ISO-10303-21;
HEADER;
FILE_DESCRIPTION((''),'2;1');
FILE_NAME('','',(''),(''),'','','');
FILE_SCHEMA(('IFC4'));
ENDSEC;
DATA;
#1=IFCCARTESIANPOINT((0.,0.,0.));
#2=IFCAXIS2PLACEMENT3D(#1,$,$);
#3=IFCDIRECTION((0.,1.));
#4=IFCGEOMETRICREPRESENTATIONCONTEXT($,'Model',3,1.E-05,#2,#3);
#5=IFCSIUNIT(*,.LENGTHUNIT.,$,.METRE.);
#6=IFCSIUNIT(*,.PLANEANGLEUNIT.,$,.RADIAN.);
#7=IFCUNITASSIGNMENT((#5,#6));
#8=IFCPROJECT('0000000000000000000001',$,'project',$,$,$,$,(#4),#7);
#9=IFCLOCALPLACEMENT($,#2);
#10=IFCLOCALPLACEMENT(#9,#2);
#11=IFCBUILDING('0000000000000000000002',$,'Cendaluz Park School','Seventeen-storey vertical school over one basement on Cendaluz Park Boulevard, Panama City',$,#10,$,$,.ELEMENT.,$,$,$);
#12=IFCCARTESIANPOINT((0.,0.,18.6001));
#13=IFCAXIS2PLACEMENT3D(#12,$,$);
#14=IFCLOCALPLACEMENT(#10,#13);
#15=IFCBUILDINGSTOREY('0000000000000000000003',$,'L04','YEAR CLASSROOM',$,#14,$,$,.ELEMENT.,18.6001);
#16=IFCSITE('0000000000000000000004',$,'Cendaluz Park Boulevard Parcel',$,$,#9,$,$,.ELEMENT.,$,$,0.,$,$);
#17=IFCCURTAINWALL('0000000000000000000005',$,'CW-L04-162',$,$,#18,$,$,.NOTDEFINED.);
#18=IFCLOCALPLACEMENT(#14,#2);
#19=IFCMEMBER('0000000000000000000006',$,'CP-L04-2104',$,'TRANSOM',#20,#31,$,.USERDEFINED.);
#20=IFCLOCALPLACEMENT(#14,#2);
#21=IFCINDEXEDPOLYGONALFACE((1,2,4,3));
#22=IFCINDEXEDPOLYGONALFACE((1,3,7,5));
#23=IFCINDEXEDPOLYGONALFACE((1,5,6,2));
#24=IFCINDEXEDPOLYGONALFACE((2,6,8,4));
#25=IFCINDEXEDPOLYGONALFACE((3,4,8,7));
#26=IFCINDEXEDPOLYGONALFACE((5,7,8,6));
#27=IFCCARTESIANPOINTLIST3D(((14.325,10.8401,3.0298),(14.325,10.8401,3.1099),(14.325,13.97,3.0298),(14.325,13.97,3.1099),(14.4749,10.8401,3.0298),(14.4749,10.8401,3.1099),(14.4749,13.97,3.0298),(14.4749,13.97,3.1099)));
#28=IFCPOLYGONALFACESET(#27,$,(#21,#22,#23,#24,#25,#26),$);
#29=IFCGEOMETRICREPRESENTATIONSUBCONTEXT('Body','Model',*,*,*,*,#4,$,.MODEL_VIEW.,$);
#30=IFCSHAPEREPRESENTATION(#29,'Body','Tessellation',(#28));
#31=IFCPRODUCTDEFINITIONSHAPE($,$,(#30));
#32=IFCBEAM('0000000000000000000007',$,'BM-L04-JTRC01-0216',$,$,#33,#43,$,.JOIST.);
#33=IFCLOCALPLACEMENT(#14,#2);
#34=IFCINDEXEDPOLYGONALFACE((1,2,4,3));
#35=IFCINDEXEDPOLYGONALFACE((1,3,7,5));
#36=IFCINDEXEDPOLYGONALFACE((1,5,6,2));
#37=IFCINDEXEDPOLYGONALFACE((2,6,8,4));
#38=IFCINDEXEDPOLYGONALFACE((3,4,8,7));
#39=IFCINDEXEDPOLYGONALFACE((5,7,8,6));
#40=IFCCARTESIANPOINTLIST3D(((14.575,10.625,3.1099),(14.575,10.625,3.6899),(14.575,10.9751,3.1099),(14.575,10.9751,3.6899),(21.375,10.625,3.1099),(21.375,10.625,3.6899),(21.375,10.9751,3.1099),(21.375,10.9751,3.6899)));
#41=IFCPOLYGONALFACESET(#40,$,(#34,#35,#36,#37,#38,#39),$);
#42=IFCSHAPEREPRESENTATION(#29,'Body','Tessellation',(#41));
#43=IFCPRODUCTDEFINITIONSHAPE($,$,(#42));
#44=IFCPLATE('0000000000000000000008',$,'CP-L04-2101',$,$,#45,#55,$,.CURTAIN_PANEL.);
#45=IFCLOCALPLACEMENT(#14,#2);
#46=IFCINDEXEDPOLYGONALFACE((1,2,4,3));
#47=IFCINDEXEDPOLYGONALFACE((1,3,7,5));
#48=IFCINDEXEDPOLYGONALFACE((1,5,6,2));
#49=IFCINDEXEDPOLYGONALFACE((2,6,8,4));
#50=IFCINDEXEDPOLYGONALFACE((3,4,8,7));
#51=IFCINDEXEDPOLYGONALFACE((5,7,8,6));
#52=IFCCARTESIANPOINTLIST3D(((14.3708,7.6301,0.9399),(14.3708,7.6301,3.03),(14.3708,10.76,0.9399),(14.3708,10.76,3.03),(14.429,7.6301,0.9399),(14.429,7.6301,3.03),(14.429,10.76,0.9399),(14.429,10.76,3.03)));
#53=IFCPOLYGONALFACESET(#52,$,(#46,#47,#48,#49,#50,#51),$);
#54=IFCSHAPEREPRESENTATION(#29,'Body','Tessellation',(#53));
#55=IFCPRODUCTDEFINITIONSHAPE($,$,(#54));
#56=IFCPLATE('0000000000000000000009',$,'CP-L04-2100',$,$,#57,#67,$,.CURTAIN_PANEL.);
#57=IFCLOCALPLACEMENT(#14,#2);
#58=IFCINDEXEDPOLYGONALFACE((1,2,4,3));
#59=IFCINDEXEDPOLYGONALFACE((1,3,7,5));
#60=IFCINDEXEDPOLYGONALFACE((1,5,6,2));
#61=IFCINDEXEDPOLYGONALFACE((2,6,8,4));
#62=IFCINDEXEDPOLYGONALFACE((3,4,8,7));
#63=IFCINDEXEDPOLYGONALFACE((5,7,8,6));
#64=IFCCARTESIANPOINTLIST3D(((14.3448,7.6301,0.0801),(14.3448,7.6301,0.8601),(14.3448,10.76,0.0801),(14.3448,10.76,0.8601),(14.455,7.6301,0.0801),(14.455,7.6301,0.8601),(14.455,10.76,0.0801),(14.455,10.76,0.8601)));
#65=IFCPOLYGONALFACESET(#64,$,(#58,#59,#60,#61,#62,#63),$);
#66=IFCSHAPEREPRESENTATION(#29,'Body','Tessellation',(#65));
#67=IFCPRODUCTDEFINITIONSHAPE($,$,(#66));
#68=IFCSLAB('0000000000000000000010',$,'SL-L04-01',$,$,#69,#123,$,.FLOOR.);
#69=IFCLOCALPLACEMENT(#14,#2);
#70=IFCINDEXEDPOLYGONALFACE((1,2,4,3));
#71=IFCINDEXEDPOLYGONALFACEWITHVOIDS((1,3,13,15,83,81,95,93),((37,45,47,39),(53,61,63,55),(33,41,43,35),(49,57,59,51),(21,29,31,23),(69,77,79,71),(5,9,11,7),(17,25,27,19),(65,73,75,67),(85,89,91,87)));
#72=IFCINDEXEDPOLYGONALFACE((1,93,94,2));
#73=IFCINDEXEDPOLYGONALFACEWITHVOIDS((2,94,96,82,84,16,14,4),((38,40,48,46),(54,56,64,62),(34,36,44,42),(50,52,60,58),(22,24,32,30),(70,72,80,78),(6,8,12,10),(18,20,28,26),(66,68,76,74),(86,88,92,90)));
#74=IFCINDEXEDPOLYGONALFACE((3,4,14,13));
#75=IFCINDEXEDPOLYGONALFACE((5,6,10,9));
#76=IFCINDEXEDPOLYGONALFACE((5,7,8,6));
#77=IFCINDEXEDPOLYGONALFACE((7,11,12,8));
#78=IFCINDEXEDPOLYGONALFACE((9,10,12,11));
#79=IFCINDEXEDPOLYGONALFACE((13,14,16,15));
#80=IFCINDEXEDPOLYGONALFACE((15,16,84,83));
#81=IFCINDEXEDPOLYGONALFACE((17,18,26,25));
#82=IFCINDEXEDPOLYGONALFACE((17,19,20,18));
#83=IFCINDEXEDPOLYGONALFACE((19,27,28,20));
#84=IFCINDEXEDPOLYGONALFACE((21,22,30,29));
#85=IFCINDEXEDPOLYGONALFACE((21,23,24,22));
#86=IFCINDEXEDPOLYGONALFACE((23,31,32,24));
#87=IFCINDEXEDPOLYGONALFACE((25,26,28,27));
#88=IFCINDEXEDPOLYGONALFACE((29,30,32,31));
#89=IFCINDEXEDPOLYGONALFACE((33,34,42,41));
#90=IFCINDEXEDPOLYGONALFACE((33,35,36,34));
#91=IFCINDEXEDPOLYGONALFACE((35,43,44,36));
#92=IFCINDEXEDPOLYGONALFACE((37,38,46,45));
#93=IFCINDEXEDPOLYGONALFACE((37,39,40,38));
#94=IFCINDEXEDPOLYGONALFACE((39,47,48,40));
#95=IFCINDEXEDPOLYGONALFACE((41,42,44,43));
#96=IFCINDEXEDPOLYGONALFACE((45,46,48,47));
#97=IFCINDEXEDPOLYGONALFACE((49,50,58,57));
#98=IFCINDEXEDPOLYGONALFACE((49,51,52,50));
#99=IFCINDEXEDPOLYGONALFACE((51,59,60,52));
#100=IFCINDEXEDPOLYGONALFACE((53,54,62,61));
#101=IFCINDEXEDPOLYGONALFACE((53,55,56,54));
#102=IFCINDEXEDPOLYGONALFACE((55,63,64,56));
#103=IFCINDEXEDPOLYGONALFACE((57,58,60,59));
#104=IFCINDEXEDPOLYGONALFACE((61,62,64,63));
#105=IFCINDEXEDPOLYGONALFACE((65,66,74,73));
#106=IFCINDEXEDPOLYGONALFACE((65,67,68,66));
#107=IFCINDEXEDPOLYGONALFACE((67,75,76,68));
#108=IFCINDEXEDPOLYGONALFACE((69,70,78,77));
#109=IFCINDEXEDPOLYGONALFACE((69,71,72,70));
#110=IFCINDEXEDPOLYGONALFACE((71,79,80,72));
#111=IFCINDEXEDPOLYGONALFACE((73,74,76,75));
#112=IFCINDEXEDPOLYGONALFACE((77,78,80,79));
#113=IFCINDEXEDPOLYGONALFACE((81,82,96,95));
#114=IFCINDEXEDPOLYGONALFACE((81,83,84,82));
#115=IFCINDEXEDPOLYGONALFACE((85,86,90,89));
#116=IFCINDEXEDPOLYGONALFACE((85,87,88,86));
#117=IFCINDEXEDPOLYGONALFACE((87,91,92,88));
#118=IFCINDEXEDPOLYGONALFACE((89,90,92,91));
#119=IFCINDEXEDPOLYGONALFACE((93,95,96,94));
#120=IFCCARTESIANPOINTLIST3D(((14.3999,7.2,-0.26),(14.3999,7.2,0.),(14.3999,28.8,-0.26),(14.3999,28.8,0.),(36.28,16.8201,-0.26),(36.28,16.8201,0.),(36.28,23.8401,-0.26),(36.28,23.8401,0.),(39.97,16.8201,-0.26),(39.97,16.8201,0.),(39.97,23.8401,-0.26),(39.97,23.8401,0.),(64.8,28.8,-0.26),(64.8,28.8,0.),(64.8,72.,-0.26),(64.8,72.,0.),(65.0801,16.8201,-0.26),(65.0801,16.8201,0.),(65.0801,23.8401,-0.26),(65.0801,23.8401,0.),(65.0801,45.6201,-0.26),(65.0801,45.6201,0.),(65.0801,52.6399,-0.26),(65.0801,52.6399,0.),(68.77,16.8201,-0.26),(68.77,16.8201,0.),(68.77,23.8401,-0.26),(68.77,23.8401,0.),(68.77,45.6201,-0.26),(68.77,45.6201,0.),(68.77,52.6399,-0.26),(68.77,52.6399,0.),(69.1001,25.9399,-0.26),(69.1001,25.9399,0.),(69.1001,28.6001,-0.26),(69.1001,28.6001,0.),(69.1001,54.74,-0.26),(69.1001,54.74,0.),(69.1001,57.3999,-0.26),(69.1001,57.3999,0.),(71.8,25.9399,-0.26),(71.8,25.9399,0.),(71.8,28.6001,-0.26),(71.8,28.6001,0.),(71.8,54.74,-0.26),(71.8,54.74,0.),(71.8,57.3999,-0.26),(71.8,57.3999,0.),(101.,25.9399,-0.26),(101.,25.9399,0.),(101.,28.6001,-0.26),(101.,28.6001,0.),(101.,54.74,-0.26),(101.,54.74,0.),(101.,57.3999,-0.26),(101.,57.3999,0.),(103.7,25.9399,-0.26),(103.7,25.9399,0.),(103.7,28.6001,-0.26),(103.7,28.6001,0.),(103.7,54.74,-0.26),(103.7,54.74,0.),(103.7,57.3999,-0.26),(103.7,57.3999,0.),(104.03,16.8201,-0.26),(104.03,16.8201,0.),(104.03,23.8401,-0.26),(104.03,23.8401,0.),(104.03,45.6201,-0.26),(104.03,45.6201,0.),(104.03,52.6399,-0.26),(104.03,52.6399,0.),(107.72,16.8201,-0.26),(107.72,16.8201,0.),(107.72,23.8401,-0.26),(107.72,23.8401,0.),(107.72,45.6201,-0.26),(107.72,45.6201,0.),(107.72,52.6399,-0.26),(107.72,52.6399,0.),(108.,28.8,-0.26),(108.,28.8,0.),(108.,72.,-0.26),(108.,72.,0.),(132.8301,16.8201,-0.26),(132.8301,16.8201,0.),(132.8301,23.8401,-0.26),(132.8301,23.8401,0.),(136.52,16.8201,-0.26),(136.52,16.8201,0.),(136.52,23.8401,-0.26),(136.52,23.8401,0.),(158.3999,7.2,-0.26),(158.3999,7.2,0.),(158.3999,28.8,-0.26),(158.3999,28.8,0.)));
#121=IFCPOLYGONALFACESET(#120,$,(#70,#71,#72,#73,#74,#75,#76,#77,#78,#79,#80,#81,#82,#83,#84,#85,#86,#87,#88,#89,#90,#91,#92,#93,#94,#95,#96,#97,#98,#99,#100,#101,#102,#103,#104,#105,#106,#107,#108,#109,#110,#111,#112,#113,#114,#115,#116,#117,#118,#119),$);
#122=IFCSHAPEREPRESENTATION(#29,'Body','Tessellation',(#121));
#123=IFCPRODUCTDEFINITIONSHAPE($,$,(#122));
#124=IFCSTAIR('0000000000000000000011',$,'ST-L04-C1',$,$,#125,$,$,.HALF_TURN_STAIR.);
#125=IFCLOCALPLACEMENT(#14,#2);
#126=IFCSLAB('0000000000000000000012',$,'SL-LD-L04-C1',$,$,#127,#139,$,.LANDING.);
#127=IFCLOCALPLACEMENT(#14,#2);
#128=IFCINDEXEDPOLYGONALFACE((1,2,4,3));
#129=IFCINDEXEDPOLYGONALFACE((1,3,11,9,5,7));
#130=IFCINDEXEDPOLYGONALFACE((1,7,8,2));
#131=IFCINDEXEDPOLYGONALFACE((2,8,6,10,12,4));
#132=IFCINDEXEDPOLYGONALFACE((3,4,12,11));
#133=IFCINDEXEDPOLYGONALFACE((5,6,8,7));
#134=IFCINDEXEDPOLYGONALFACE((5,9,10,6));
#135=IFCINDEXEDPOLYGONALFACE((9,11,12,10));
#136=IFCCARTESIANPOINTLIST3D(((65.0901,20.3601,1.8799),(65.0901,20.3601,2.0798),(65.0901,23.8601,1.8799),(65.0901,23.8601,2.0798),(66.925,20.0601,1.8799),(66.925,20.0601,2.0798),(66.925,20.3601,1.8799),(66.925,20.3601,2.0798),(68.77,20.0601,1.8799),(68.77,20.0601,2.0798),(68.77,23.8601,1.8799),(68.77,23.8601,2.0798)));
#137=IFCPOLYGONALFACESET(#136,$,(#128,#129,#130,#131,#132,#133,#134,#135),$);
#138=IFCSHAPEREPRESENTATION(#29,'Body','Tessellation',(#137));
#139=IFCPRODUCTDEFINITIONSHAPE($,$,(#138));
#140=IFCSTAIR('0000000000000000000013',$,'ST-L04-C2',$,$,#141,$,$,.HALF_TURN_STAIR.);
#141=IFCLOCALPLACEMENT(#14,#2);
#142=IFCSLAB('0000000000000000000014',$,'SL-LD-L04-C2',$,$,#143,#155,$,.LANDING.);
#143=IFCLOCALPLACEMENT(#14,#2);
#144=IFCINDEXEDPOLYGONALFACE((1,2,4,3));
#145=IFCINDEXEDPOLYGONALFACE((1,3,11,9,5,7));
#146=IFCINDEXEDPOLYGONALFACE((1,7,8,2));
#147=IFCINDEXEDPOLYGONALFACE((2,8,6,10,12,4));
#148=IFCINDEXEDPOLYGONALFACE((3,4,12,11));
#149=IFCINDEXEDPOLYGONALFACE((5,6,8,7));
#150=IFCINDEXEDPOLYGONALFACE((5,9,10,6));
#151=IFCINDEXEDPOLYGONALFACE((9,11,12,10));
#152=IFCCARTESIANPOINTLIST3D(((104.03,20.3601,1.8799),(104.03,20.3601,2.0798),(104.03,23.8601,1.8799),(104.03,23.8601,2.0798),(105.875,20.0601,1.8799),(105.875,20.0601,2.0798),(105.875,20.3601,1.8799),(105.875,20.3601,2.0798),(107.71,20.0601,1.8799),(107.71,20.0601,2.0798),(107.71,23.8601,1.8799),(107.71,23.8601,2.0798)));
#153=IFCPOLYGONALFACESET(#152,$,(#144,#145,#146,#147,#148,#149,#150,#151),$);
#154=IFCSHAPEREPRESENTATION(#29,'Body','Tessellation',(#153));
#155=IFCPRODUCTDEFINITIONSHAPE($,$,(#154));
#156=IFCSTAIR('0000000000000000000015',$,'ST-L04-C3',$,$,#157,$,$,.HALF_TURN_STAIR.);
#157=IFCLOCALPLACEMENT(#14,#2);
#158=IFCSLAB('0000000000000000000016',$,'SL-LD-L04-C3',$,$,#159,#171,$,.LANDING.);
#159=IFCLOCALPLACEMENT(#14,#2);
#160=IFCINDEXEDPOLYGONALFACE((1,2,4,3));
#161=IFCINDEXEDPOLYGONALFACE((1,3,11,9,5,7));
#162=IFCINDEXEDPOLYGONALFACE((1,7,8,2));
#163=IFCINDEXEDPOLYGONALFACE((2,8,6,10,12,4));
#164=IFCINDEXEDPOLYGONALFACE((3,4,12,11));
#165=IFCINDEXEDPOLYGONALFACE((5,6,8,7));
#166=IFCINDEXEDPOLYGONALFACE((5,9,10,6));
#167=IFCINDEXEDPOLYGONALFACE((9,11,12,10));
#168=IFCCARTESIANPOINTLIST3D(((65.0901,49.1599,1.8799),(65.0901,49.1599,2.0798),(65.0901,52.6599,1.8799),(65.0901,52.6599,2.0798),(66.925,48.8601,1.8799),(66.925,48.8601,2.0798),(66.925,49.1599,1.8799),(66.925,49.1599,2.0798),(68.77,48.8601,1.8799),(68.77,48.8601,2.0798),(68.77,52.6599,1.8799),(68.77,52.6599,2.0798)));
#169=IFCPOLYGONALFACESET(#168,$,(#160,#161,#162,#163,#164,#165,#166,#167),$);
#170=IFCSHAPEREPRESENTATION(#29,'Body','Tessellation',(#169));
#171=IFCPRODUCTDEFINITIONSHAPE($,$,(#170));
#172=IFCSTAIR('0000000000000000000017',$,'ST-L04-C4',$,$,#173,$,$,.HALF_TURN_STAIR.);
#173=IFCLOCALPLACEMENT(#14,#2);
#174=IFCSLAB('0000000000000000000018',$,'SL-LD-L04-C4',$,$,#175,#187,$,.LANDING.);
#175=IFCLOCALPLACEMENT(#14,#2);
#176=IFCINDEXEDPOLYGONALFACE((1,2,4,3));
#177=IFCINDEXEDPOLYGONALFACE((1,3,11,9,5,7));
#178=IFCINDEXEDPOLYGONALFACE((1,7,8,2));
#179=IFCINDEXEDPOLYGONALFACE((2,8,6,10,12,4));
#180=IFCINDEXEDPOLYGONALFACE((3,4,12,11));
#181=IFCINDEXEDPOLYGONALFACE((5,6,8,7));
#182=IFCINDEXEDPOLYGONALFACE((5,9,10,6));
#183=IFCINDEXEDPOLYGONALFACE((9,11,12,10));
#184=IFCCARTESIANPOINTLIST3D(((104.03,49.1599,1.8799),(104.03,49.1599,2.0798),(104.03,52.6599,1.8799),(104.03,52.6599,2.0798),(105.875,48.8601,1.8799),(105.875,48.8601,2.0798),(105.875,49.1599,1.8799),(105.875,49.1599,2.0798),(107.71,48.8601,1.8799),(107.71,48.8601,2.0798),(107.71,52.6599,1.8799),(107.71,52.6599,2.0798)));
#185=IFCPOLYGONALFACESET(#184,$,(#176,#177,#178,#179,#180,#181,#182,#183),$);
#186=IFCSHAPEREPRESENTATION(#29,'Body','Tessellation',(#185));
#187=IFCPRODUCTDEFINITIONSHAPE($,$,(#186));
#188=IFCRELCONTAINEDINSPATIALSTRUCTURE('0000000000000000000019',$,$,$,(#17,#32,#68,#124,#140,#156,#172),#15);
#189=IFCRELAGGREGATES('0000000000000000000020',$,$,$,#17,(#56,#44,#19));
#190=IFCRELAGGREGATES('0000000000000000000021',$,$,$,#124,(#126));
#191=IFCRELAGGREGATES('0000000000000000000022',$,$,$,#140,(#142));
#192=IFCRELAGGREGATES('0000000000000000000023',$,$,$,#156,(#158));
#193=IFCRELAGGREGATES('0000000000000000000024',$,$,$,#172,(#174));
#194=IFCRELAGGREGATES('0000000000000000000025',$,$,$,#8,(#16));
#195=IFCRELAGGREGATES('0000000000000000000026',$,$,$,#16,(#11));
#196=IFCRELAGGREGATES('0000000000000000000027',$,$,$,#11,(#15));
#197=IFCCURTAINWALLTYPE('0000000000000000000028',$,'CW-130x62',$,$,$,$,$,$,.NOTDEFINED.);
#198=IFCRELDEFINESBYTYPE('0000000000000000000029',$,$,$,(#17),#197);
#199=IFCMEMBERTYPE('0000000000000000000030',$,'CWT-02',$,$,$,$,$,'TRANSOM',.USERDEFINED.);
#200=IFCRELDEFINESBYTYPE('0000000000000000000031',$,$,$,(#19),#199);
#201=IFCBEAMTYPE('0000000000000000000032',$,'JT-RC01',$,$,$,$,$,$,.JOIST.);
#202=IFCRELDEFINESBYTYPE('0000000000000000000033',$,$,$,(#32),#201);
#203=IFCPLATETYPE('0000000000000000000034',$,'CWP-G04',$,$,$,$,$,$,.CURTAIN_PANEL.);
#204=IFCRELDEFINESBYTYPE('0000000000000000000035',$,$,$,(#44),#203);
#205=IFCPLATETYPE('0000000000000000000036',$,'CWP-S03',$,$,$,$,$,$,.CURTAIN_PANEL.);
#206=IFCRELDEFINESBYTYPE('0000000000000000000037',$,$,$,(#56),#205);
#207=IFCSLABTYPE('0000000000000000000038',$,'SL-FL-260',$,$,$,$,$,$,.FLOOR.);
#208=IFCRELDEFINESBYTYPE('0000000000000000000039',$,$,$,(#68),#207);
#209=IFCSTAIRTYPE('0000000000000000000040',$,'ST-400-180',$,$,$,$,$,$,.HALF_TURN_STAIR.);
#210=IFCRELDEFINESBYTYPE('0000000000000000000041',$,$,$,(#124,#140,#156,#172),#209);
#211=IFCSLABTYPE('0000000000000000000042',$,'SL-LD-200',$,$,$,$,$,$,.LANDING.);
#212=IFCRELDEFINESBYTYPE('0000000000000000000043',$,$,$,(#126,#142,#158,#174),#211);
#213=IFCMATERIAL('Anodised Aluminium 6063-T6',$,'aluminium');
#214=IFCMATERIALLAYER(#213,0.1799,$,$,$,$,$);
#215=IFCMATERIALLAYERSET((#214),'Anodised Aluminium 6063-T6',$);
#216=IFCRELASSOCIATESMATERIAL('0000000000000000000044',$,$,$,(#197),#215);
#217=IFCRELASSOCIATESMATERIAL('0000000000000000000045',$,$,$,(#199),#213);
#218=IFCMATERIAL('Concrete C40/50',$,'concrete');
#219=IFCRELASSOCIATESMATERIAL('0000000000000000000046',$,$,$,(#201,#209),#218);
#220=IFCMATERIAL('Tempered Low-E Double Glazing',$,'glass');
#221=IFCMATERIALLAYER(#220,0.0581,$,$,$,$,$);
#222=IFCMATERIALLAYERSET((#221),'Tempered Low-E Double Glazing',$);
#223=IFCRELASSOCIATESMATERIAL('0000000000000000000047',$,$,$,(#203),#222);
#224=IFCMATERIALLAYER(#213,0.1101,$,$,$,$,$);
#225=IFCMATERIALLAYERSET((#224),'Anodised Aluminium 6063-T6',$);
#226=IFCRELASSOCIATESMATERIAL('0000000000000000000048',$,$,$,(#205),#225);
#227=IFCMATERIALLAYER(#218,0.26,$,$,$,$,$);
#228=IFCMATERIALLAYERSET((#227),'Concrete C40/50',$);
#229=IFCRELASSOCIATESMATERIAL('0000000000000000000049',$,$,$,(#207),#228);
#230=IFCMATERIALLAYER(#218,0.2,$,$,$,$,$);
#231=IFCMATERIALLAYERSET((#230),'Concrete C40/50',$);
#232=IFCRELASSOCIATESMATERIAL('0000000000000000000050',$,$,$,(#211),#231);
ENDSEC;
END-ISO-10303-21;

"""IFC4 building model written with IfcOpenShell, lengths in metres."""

from ifc_helpers import new_model, si_unit, direction, frame, origin, origin_2d, place, context, subcontext, project, spatial, polyline, rectangle, outline, extrude, material, layer, layer_set, material_profile, profile_set, type_object, element, aggregate, save


model = new_model("IFC4")

# Units and contexts
model_context = context("Model", 3, precision=1e-05, world=origin(), true_north=direction((0.0, 1.0)))
body_context = subcontext(model_context, "Body", "Model", "MODEL_VIEW")
ifc_project = project(units=[si_unit("LENGTHUNIT", "METRE"), si_unit("PLANEANGLEUNIT", "RADIAN")], contexts=[model_context])

# Site, building, storey
site_placement = place(None, origin())
site = spatial("IfcSite", under=ifc_project, at=site_placement, Name="Cendaluz Park Boulevard Parcel", CompositionType="ELEMENT", RefElevation=0.0)
building_placement = place(site_placement, origin())
building = spatial("IfcBuilding", under=site, at=building_placement, Name="Cendaluz Park School", Description="Seventeen-storey vertical school over one basement on Cendaluz Park Boulevard, Panama City", CompositionType="ELEMENT")
storey_placement = place(building_placement, frame((0.0, 0.0, 18.6001)))
storey = spatial("IfcBuildingStorey", under=building, at=storey_placement, Name="L04", Description="YEAR CLASSROOM", CompositionType="ELEMENT", Elevation=18.6001)

# Shared definitions
ifc_material_1 = material(Name="Concrete C40/50", Category="concrete")

# Shared definitions
ifc_material_2 = material(Name="Anodised Aluminium 6063-T6", Category="aluminium")
ifc_layer_1 = layer(ifc_material_2, 0.1799)
ifc_layer_set_1 = layer_set([ifc_layer_1], Name="Anodised Aluminium 6063-T6")
curtain_wall_type = type_object("IfcCurtainWallType", Name="CW-130x62", PredefinedType="NOTDEFINED", material=ifc_layer_set_1)

# Curtain wall
curtain_wall_1_placement = place(storey_placement, origin())
curtain_wall_1 = element("IfcCurtainWall", 1, at=curtain_wall_1_placement, inside=storey, type_object=curtain_wall_type, Name="CW-L04-162", PredefinedType="NOTDEFINED")

# Member
ifc_material_profile_1 = material_profile(ifc_material_2, rectangle(XDim=0.1499, YDim=0.0801, at=origin_2d()), Name="CWT 150x80", Category="aluminium")
ifc_profile_set_1 = profile_set([ifc_material_profile_1], Name="Anodised Aluminium 6063-T6")
member_type_1 = type_object("IfcMemberType", Name="CWT-02", ElementType="TRANSOM", PredefinedType="USERDEFINED", material=ifc_profile_set_1)
member_1_placement = place(storey_placement, frame((14.3999, 10.8401, 3.0698), z_axis=(0.0, 1.0, 0.0), x_axis=(-1.0, 0.0, 0.0)))
member_1 = element("IfcMember", 2, at=member_1_placement, type_object=member_type_1, Name="CP-L04-2104", ObjectType="TRANSOM", PredefinedType="USERDEFINED", context=body_context, shape_type="SweptSolid", body=[
    extrude(rectangle(XDim=0.1499, YDim=0.0801, at=origin_2d()), origin(), (0.0, 0.0, 1.0), 3.1299),
])

# Beam
ifc_material_profile_2 = material_profile(ifc_material_1, rectangle(XDim=0.3501, YDim=0.5801, at=origin_2d()), Name="RC 350x580", Category="concrete")
ifc_profile_set_2 = profile_set([ifc_material_profile_2], Name="Concrete C40/50")
beam_type_1 = type_object("IfcBeamType", Name="JT-RC01", PredefinedType="JOIST", material=ifc_profile_set_2)
beam_placement = place(storey_placement, frame((14.575, 10.8, 3.3999), z_axis=(1.0, 0.0, 0.0), x_axis=(0.0, 1.0, 0.0)))
element("IfcBeam", 3, at=beam_placement, inside=storey, type_object=beam_type_1, Name="BM-L04-JTRC01-0216", PredefinedType="JOIST", context=body_context, shape_type="SweptSolid", body=[
    extrude(rectangle(XDim=0.3501, YDim=0.5801, at=origin_2d()), origin(), (0.0, 0.0, 1.0), 6.8),
])

# Plates
ifc_material_3 = material(Name="Tempered Low-E Double Glazing", Category="glass")
ifc_layer_2 = layer(ifc_material_3, 0.0581)
ifc_layer_set_2 = layer_set([ifc_layer_2], Name="Tempered Low-E Double Glazing")
plate_type_1 = type_object("IfcPlateType", Name="CWP-G04", PredefinedType="CURTAIN_PANEL", material=ifc_layer_set_2)
plate_1_placement = place(storey_placement, frame((14.3999, 9.1951, 0.9399), z_axis=(0.0, 0.0, 1.0), x_axis=(0.0, 1.0, 0.0)))
plate_1 = element("IfcPlate", 4, at=plate_1_placement, type_object=plate_type_1, Name="CP-L04-2101", PredefinedType="CURTAIN_PANEL", context=body_context, shape_type="SweptSolid", body=[
    extrude(rectangle(XDim=3.1299, YDim=0.0581, at=origin_2d()), origin(), (0.0, 0.0, 1.0), 2.0901),
])
ifc_layer_3 = layer(ifc_material_2, 0.1101)
ifc_layer_set_3 = layer_set([ifc_layer_3], Name="Anodised Aluminium 6063-T6")
plate_type_2 = type_object("IfcPlateType", Name="CWP-S03", PredefinedType="CURTAIN_PANEL", material=ifc_layer_set_3)
plate_2_placement = place(storey_placement, frame((14.3999, 9.1951, 0.0801), z_axis=(0.0, 0.0, 1.0), x_axis=(0.0, 1.0, 0.0)))
plate_2 = element("IfcPlate", 5, at=plate_2_placement, type_object=plate_type_2, Name="CP-L04-2100", PredefinedType="CURTAIN_PANEL", context=body_context, shape_type="SweptSolid", body=[
    extrude(rectangle(XDim=3.1299, YDim=0.1101, at=origin_2d()), origin(), (0.0, 0.0, 1.0), 0.78),
])
aggregate(curtain_wall_1, [plate_2, plate_1, member_1])

# Slab
ifc_layer_4 = layer(ifc_material_1, 0.26)
ifc_layer_set_4 = layer_set([ifc_layer_4], Name="Concrete C40/50")
slab_type_1 = type_object("IfcSlabType", Name="SL-FL-260", PredefinedType="FLOOR", material=ifc_layer_set_4)
slab_1_placement = place(storey_placement, frame((0.0, 0.0, -0.26)))
element("IfcSlab", 6, at=slab_1_placement, inside=storey, type_object=slab_type_1, Name="SL-L04-01", PredefinedType="FLOOR", context=body_context, shape_type="SweptSolid", body=[
    extrude(outline(polyline([(64.8, 28.8), (64.8, 72.0), (108.0, 72.0), (108.0, 28.8), (158.3999, 28.8), (158.3999, 7.2), (14.3999, 7.2), (14.3999, 28.8), (64.8, 28.8)]), holes=[polyline([(65.0801, 23.8401), (65.0801, 16.8201), (68.77, 16.8201), (68.77, 23.8401), (65.0801, 23.8401)]), polyline([(71.8, 28.6001), (69.1001, 28.6001), (69.1001, 25.9399), (71.8, 25.9399), (71.8, 28.6001)]), polyline([(107.72, 16.8201), (107.72, 23.8401), (104.03, 23.8401), (104.03, 16.8201), (107.72, 16.8201)]), polyline([(101.0, 25.9399), (103.7, 25.9399), (103.7, 28.6001), (101.0, 28.6001), (101.0, 25.9399)]), polyline([(65.0801, 52.6399), (65.0801, 45.6201), (68.77, 45.6201), (68.77, 52.6399), (65.0801, 52.6399)]), polyline([(71.8, 57.3999), (69.1001, 57.3999), (69.1001, 54.74), (71.8, 54.74), (71.8, 57.3999)]), polyline([(107.72, 45.6201), (107.72, 52.6399), (104.03, 52.6399), (104.03, 45.6201), (107.72, 45.6201)]), polyline([(101.0, 54.74), (103.7, 54.74), (103.7, 57.3999), (101.0, 57.3999), (101.0, 54.74)]), polyline([(36.28, 23.8401), (36.28, 16.8201), (39.97, 16.8201), (39.97, 23.8401), (36.28, 23.8401)]), polyline([(136.52, 23.8401), (132.8301, 23.8401), (132.8301, 16.8201), (136.52, 16.8201), (136.52, 23.8401)])]), origin(), (0.0, 0.0, 1.0), 0.26),
])

# Stairs, slabs
stair_type = type_object("IfcStairType", Name="ST-400-180", PredefinedType="HALF_TURN_STAIR", material=ifc_material_1)
stair_1_placement = place(storey_placement, origin())
stair_1 = element("IfcStair", 7, at=stair_1_placement, inside=storey, type_object=stair_type, Name="ST-L04-C1", PredefinedType="HALF_TURN_STAIR")
ifc_layer_5 = layer(ifc_material_1, 0.2)
ifc_layer_set_5 = layer_set([ifc_layer_5], Name="Concrete C40/50")
slab_type_2 = type_object("IfcSlabType", Name="SL-LD-200", PredefinedType="LANDING", material=ifc_layer_set_5)
slab_2_placement = place(storey_placement, frame((0.0, 0.0, 1.8799)))
slab_2 = element("IfcSlab", 8, at=slab_2_placement, type_object=slab_type_2, Name="SL-LD-L04-C1", PredefinedType="LANDING", context=body_context, shape_type="SweptSolid", body=[
    extrude(outline(polyline([(65.0901, 20.3601), (66.925, 20.3601), (66.925, 20.0601), (68.77, 20.0601), (68.77, 23.8601), (65.0901, 23.8601), (65.0901, 20.3601)])), origin(), (0.0, 0.0, 1.0), 0.2),
])
aggregate(stair_1, [slab_2])
stair_2_placement = place(storey_placement, origin())
stair_2 = element("IfcStair", 9, at=stair_2_placement, inside=storey, type_object=stair_type, Name="ST-L04-C2", PredefinedType="HALF_TURN_STAIR")
slab_3_placement = place(storey_placement, frame((0.0, 0.0, 1.8799)))
slab_3 = element("IfcSlab", 10, at=slab_3_placement, type_object=slab_type_2, Name="SL-LD-L04-C2", PredefinedType="LANDING", context=body_context, shape_type="SweptSolid", body=[
    extrude(outline(polyline([(104.03, 20.3601), (105.875, 20.3601), (105.875, 20.0601), (107.71, 20.0601), (107.71, 23.8601), (104.03, 23.8601), (104.03, 20.3601)])), origin(), (0.0, 0.0, 1.0), 0.2),
])
aggregate(stair_2, [slab_3])
stair_3_placement = place(storey_placement, origin())
stair_3 = element("IfcStair", 11, at=stair_3_placement, inside=storey, type_object=stair_type, Name="ST-L04-C3", PredefinedType="HALF_TURN_STAIR")
slab_4_placement = place(storey_placement, frame((0.0, 0.0, 1.8799)))
slab_4 = element("IfcSlab", 12, at=slab_4_placement, type_object=slab_type_2, Name="SL-LD-L04-C3", PredefinedType="LANDING", context=body_context, shape_type="SweptSolid", body=[
    extrude(outline(polyline([(65.0901, 49.1599), (66.925, 49.1599), (66.925, 48.8601), (68.77, 48.8601), (68.77, 52.6599), (65.0901, 52.6599), (65.0901, 49.1599)])), origin(), (0.0, 0.0, 1.0), 0.2),
])
aggregate(stair_3, [slab_4])
stair_4_placement = place(storey_placement, origin())
stair_4 = element("IfcStair", 13, at=stair_4_placement, inside=storey, type_object=stair_type, Name="ST-L04-C4", PredefinedType="HALF_TURN_STAIR")
slab_5_placement = place(storey_placement, frame((0.0, 0.0, 1.8799)))
slab_5 = element("IfcSlab", 14, at=slab_5_placement, type_object=slab_type_2, Name="SL-LD-L04-C4", PredefinedType="LANDING", context=body_context, shape_type="SweptSolid", body=[
    extrude(outline(polyline([(104.03, 49.1599), (105.875, 49.1599), (105.875, 48.8601), (107.71, 48.8601), (107.71, 52.6599), (104.03, 52.6599), (104.03, 49.1599)])), origin(), (0.0, 0.0, 1.0), 0.2),
])
aggregate(stair_4, [slab_5])

save(model, "model.ifc")
